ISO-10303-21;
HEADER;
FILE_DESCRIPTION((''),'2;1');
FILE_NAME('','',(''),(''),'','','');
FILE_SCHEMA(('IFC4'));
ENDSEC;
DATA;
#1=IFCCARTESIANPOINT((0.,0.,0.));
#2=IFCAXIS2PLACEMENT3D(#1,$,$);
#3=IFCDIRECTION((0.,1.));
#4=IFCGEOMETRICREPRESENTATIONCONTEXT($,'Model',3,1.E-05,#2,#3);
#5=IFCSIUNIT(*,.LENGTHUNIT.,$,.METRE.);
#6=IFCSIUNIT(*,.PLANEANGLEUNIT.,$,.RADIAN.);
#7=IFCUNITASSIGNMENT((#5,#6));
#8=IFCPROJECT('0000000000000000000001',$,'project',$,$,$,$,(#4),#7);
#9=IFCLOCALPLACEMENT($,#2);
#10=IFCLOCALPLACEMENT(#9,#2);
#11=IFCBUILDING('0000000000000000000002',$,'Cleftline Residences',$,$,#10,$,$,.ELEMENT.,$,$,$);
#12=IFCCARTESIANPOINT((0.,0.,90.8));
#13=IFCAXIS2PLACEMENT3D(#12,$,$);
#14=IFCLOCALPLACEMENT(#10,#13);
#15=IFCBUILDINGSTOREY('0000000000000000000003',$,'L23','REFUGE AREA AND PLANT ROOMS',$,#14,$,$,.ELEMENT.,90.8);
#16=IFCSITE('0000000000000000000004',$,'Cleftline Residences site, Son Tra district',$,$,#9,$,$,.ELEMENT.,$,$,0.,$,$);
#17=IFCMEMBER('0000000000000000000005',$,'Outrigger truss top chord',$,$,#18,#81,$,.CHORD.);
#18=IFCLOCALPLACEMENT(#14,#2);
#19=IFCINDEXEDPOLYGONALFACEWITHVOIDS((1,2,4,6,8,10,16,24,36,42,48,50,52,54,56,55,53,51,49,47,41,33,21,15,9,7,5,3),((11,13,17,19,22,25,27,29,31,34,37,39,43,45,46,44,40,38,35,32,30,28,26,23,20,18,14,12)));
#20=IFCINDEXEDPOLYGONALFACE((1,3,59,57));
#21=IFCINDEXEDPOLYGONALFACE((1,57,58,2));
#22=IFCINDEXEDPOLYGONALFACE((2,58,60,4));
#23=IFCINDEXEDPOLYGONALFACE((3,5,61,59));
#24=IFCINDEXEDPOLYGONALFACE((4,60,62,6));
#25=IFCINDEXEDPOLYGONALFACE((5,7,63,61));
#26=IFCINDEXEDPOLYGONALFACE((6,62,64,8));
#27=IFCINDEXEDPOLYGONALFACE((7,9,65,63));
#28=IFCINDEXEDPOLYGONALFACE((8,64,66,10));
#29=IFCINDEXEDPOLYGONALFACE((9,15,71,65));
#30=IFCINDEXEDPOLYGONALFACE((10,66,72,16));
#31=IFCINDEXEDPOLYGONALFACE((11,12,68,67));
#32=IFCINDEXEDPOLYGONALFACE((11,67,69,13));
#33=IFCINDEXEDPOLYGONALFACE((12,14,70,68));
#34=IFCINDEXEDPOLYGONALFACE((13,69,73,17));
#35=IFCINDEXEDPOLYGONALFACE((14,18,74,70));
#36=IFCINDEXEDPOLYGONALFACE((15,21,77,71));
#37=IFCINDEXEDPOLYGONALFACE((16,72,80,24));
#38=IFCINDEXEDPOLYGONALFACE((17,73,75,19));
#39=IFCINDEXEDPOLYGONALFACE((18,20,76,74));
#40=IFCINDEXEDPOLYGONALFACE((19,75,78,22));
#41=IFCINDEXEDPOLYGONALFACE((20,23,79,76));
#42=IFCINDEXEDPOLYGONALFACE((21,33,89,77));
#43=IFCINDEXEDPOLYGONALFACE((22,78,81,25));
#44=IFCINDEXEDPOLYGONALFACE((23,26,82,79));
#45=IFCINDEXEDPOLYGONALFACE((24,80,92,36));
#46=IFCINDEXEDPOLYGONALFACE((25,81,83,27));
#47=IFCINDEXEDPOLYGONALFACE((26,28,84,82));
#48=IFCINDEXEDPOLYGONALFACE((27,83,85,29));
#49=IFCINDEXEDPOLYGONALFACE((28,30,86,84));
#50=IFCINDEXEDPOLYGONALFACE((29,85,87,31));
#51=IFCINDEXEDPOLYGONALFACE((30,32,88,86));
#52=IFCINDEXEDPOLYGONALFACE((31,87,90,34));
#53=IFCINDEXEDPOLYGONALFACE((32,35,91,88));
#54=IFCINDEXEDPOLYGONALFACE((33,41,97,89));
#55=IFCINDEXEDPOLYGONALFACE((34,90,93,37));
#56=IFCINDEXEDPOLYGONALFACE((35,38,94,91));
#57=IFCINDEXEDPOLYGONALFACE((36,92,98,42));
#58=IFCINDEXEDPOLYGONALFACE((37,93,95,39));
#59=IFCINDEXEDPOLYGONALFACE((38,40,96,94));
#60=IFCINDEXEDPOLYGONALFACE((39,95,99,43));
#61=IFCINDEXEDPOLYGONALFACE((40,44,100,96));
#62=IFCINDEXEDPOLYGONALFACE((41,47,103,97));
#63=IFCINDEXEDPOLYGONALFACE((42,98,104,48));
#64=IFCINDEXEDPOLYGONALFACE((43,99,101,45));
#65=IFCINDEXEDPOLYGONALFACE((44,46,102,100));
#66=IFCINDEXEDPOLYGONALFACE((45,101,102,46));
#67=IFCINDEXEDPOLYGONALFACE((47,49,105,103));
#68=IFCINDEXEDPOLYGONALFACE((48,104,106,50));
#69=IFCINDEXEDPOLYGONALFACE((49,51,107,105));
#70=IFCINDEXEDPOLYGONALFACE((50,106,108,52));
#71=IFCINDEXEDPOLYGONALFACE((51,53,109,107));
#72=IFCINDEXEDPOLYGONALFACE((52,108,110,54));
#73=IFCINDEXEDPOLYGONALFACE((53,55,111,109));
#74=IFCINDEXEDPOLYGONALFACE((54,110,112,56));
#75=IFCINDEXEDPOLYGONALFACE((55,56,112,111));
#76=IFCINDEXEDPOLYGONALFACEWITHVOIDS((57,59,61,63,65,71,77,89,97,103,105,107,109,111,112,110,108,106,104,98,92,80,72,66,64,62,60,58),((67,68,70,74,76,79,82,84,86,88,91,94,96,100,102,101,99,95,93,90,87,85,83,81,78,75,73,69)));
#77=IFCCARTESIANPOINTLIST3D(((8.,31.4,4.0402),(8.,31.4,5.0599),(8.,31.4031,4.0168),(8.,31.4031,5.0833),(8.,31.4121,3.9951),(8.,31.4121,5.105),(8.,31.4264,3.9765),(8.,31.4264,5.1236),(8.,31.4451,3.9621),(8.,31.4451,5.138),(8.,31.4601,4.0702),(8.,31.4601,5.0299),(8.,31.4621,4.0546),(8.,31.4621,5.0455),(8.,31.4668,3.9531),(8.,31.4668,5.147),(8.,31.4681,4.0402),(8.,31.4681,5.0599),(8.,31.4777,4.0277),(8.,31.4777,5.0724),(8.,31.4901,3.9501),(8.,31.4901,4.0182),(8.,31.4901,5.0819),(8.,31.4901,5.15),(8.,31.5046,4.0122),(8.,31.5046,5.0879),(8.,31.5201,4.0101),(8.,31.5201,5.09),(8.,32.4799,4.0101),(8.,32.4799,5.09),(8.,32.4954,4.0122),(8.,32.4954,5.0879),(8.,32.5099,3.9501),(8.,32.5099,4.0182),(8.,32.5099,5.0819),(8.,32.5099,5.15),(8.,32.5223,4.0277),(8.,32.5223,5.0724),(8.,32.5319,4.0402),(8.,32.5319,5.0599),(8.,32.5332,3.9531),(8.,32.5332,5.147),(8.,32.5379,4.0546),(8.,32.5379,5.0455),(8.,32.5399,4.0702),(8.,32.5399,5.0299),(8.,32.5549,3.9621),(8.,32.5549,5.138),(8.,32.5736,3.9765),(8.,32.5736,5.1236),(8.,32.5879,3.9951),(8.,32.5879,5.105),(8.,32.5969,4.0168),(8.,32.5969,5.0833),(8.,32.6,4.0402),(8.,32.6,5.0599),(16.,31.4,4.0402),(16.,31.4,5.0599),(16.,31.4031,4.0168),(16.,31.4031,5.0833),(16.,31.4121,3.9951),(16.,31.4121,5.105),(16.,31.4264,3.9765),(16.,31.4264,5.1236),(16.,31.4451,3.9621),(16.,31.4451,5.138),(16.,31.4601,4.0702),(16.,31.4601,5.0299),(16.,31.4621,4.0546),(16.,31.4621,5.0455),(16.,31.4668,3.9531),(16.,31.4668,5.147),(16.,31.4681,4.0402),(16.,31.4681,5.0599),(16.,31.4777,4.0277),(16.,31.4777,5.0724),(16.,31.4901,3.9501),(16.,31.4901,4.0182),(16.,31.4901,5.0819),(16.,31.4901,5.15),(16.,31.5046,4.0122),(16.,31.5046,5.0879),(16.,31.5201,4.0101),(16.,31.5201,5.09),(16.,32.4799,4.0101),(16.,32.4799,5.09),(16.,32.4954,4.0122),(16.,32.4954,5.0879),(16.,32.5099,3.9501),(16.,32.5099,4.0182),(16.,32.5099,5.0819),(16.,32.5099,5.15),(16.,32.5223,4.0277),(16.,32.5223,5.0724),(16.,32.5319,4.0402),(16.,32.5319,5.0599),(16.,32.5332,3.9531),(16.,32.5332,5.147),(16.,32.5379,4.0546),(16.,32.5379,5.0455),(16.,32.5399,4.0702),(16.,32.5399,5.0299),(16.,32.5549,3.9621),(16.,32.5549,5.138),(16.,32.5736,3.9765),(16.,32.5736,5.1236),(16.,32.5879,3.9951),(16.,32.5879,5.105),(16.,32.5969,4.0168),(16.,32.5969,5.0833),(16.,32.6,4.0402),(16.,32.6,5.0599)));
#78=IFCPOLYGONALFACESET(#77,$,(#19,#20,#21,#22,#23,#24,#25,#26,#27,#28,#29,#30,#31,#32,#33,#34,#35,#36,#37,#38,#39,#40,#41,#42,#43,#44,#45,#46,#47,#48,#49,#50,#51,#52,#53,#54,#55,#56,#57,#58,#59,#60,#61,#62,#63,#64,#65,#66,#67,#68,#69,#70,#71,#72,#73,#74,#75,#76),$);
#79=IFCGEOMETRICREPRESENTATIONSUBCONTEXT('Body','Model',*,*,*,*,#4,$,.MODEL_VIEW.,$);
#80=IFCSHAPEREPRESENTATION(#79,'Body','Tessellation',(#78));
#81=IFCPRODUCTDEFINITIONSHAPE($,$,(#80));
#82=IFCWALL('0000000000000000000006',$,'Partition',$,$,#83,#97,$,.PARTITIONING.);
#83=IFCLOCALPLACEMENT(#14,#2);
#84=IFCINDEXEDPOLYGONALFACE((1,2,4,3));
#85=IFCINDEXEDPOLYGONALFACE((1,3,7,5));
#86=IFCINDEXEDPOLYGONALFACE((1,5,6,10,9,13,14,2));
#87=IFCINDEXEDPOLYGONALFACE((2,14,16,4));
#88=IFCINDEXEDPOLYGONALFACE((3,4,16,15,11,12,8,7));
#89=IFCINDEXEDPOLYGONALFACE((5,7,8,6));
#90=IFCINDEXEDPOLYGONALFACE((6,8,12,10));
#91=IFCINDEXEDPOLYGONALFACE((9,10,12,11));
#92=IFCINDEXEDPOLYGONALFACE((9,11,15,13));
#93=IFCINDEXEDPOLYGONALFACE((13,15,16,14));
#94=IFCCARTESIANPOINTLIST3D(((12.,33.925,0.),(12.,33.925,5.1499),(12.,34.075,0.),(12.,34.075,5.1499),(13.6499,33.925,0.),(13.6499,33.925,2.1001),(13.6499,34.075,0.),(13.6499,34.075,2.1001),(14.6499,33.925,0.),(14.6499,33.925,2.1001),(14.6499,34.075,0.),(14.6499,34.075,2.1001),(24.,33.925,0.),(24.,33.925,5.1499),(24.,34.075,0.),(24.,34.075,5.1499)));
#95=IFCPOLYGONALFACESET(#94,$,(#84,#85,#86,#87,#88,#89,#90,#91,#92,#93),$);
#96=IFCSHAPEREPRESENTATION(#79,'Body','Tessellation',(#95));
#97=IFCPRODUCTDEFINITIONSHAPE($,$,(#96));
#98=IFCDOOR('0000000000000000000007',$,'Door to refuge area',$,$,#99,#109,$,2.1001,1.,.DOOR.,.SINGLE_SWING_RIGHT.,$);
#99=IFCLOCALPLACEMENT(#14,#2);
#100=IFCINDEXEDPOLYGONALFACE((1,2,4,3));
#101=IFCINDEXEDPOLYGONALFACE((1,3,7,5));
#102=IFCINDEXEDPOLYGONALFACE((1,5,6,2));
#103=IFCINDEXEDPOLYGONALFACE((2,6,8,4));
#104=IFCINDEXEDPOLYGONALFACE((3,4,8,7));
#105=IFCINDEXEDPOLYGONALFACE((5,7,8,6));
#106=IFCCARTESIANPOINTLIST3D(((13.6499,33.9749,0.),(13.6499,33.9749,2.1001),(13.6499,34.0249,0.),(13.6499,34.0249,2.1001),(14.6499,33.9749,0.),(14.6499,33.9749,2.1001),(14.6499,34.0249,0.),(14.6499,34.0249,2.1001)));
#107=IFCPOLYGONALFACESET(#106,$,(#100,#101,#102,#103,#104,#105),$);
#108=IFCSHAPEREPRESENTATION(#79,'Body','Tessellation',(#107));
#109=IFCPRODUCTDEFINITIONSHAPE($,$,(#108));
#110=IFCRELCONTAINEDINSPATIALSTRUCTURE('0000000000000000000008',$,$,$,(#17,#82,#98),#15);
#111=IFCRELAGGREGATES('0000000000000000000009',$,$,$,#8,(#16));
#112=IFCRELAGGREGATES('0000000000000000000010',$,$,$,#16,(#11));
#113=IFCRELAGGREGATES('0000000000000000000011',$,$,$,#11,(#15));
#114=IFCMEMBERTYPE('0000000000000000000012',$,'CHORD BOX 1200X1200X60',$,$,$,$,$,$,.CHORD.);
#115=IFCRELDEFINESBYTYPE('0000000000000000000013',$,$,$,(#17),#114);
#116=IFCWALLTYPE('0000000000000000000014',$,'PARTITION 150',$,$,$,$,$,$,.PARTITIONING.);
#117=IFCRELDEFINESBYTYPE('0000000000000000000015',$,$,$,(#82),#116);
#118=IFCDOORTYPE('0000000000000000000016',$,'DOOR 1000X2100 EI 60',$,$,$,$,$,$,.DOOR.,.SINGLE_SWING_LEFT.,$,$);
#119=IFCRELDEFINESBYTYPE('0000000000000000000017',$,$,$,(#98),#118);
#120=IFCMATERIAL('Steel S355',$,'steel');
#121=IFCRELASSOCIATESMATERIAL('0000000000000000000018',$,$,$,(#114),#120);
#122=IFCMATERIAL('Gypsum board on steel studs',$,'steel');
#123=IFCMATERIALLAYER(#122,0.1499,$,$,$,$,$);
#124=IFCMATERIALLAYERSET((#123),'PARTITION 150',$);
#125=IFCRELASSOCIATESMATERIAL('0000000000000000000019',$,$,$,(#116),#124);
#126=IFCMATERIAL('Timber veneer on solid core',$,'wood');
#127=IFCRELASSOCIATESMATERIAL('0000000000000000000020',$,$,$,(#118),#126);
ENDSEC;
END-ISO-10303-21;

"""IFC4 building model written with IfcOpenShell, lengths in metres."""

from ifc_helpers import new_model, si_unit, direction, frame, frame_2d, origin, origin_2d, place, context, subcontext, project, spatial, rectangle, hollow_rectangle, extrude, material, layer, layer_set, material_profile, profile_set, type_object, element, fill, save


model = new_model("IFC4")

# Units and contexts
model_context = context("Model", 3, precision=1e-05, world=origin(), true_north=direction((0.0, 1.0)))
body_context = subcontext(model_context, "Body", "Model", "MODEL_VIEW")
ifc_project = project(units=[si_unit("LENGTHUNIT", "METRE"), si_unit("PLANEANGLEUNIT", "RADIAN")], contexts=[model_context])

# Site, building, storey
site_placement = place(None, origin())
site = spatial("IfcSite", under=ifc_project, at=site_placement, Name="Cleftline Residences site, Son Tra district", CompositionType="ELEMENT", RefElevation=0.0)
building_placement = place(site_placement, origin())
building = spatial("IfcBuilding", under=site, at=building_placement, Name="Cleftline Residences", CompositionType="ELEMENT")
storey_placement = place(building_placement, frame((0.0, 0.0, 90.8)))
storey = spatial("IfcBuildingStorey", under=building, at=storey_placement, Name="L23", Description="REFUGE AREA AND PLANT ROOMS", CompositionType="ELEMENT", Elevation=90.8)

# Member
ifc_material_1 = material(Name="Steel S355", Category="steel")
ifc_material_profile_1 = material_profile(ifc_material_1, hollow_rectangle(XDim=1.2, YDim=1.2, WallThickness=0.0601, InnerFilletRadius=0.0601, OuterFilletRadius=0.0901, at=origin_2d()))
ifc_profile_set_1 = profile_set([ifc_material_profile_1], Name="Steel S355")
member_type_1 = type_object("IfcMemberType", Name="CHORD BOX 1200X1200X60", PredefinedType="CHORD", material=ifc_profile_set_1)
for number, where, z_axis, x_axis, name in (
    (1, (16.0, 32.0, 4.55), (-1.0, 0.0, 0.0), (0.0, -1.0, 0.0), "Outrigger truss top chord"),
):
    element("IfcMember", number, at=place(storey_placement, frame(where, z_axis=z_axis, x_axis=x_axis)), inside=storey, type_object=member_type_1, Name=name, PredefinedType="CHORD", context=body_context, shape_type="SweptSolid", body=[
        extrude(hollow_rectangle(XDim=1.2, YDim=1.2, WallThickness=0.0601, InnerFilletRadius=0.0601, OuterFilletRadius=0.0901, at=origin_2d()), origin(), (0.0, 0.0, 1.0), 8.0),
    ])

# Wall, opening, door
ifc_material_2 = material(Name="Gypsum board on steel studs", Category="steel")
ifc_layer = layer(ifc_material_2, 0.1499)
ifc_layer_set = layer_set([ifc_layer], Name="PARTITION 150")
wall_type = type_object("IfcWallType", Name="PARTITION 150", PredefinedType="PARTITIONING", material=ifc_layer_set)
wall_placement = place(storey_placement, frame((12.0, 34.0, 0.0), z_axis=(0.0, 0.0, 1.0), x_axis=(1.0, 0.0, 0.0)))
wall = element("IfcWall", 2, at=wall_placement, inside=storey, type_object=wall_type, Name="Partition", PredefinedType="PARTITIONING", context=body_context, shape_type="SweptSolid", body=[
    extrude(rectangle(XDim=12.0, YDim=0.1499, at=frame_2d((6.0, 0.0))), origin(), (0.0, 0.0, 1.0), 5.1499),
])
opening_placement = place(wall_placement, frame((1.6499, 0.0, 0.0)))
opening = element("IfcOpeningElement", 3, at=opening_placement, cuts=wall, PredefinedType="OPENING", context=body_context, shape_type="SweptSolid", body=[
    extrude(rectangle(XDim=1.0, YDim=2.1001, at=frame_2d((0.5, 1.05))), frame((0.0, 0.085, 0.0), z_axis=(0.0, -1.0, 0.0), x_axis=(1.0, 0.0, 0.0)), (0.0, 0.0, 1.0), 0.1699),
])
ifc_material_3 = material(Name="Timber veneer on solid core", Category="wood")
door_type = type_object("IfcDoorType", Name="DOOR 1000X2100 EI 60", OperationType="SINGLE_SWING_LEFT", PredefinedType="DOOR", material=ifc_material_3)
door_placement = place(opening_placement, origin())
door = element("IfcDoor", 4, at=door_placement, inside=storey, type_object=door_type, Name="Door to refuge area", OperationType="SINGLE_SWING_RIGHT", OverallHeight=2.1001, OverallWidth=1.0, PredefinedType="DOOR", context=body_context, shape_type="SweptSolid", body=[
    extrude(rectangle(XDim=1.0, YDim=2.1001, at=frame_2d((0.5, 1.05))), frame((0.0, 0.0249, 0.0), z_axis=(0.0, -1.0, 0.0), x_axis=(1.0, 0.0, 0.0)), (0.0, 0.0, 1.0), 0.05),
])
fill(opening, door)

save(model, "model.ifc")
